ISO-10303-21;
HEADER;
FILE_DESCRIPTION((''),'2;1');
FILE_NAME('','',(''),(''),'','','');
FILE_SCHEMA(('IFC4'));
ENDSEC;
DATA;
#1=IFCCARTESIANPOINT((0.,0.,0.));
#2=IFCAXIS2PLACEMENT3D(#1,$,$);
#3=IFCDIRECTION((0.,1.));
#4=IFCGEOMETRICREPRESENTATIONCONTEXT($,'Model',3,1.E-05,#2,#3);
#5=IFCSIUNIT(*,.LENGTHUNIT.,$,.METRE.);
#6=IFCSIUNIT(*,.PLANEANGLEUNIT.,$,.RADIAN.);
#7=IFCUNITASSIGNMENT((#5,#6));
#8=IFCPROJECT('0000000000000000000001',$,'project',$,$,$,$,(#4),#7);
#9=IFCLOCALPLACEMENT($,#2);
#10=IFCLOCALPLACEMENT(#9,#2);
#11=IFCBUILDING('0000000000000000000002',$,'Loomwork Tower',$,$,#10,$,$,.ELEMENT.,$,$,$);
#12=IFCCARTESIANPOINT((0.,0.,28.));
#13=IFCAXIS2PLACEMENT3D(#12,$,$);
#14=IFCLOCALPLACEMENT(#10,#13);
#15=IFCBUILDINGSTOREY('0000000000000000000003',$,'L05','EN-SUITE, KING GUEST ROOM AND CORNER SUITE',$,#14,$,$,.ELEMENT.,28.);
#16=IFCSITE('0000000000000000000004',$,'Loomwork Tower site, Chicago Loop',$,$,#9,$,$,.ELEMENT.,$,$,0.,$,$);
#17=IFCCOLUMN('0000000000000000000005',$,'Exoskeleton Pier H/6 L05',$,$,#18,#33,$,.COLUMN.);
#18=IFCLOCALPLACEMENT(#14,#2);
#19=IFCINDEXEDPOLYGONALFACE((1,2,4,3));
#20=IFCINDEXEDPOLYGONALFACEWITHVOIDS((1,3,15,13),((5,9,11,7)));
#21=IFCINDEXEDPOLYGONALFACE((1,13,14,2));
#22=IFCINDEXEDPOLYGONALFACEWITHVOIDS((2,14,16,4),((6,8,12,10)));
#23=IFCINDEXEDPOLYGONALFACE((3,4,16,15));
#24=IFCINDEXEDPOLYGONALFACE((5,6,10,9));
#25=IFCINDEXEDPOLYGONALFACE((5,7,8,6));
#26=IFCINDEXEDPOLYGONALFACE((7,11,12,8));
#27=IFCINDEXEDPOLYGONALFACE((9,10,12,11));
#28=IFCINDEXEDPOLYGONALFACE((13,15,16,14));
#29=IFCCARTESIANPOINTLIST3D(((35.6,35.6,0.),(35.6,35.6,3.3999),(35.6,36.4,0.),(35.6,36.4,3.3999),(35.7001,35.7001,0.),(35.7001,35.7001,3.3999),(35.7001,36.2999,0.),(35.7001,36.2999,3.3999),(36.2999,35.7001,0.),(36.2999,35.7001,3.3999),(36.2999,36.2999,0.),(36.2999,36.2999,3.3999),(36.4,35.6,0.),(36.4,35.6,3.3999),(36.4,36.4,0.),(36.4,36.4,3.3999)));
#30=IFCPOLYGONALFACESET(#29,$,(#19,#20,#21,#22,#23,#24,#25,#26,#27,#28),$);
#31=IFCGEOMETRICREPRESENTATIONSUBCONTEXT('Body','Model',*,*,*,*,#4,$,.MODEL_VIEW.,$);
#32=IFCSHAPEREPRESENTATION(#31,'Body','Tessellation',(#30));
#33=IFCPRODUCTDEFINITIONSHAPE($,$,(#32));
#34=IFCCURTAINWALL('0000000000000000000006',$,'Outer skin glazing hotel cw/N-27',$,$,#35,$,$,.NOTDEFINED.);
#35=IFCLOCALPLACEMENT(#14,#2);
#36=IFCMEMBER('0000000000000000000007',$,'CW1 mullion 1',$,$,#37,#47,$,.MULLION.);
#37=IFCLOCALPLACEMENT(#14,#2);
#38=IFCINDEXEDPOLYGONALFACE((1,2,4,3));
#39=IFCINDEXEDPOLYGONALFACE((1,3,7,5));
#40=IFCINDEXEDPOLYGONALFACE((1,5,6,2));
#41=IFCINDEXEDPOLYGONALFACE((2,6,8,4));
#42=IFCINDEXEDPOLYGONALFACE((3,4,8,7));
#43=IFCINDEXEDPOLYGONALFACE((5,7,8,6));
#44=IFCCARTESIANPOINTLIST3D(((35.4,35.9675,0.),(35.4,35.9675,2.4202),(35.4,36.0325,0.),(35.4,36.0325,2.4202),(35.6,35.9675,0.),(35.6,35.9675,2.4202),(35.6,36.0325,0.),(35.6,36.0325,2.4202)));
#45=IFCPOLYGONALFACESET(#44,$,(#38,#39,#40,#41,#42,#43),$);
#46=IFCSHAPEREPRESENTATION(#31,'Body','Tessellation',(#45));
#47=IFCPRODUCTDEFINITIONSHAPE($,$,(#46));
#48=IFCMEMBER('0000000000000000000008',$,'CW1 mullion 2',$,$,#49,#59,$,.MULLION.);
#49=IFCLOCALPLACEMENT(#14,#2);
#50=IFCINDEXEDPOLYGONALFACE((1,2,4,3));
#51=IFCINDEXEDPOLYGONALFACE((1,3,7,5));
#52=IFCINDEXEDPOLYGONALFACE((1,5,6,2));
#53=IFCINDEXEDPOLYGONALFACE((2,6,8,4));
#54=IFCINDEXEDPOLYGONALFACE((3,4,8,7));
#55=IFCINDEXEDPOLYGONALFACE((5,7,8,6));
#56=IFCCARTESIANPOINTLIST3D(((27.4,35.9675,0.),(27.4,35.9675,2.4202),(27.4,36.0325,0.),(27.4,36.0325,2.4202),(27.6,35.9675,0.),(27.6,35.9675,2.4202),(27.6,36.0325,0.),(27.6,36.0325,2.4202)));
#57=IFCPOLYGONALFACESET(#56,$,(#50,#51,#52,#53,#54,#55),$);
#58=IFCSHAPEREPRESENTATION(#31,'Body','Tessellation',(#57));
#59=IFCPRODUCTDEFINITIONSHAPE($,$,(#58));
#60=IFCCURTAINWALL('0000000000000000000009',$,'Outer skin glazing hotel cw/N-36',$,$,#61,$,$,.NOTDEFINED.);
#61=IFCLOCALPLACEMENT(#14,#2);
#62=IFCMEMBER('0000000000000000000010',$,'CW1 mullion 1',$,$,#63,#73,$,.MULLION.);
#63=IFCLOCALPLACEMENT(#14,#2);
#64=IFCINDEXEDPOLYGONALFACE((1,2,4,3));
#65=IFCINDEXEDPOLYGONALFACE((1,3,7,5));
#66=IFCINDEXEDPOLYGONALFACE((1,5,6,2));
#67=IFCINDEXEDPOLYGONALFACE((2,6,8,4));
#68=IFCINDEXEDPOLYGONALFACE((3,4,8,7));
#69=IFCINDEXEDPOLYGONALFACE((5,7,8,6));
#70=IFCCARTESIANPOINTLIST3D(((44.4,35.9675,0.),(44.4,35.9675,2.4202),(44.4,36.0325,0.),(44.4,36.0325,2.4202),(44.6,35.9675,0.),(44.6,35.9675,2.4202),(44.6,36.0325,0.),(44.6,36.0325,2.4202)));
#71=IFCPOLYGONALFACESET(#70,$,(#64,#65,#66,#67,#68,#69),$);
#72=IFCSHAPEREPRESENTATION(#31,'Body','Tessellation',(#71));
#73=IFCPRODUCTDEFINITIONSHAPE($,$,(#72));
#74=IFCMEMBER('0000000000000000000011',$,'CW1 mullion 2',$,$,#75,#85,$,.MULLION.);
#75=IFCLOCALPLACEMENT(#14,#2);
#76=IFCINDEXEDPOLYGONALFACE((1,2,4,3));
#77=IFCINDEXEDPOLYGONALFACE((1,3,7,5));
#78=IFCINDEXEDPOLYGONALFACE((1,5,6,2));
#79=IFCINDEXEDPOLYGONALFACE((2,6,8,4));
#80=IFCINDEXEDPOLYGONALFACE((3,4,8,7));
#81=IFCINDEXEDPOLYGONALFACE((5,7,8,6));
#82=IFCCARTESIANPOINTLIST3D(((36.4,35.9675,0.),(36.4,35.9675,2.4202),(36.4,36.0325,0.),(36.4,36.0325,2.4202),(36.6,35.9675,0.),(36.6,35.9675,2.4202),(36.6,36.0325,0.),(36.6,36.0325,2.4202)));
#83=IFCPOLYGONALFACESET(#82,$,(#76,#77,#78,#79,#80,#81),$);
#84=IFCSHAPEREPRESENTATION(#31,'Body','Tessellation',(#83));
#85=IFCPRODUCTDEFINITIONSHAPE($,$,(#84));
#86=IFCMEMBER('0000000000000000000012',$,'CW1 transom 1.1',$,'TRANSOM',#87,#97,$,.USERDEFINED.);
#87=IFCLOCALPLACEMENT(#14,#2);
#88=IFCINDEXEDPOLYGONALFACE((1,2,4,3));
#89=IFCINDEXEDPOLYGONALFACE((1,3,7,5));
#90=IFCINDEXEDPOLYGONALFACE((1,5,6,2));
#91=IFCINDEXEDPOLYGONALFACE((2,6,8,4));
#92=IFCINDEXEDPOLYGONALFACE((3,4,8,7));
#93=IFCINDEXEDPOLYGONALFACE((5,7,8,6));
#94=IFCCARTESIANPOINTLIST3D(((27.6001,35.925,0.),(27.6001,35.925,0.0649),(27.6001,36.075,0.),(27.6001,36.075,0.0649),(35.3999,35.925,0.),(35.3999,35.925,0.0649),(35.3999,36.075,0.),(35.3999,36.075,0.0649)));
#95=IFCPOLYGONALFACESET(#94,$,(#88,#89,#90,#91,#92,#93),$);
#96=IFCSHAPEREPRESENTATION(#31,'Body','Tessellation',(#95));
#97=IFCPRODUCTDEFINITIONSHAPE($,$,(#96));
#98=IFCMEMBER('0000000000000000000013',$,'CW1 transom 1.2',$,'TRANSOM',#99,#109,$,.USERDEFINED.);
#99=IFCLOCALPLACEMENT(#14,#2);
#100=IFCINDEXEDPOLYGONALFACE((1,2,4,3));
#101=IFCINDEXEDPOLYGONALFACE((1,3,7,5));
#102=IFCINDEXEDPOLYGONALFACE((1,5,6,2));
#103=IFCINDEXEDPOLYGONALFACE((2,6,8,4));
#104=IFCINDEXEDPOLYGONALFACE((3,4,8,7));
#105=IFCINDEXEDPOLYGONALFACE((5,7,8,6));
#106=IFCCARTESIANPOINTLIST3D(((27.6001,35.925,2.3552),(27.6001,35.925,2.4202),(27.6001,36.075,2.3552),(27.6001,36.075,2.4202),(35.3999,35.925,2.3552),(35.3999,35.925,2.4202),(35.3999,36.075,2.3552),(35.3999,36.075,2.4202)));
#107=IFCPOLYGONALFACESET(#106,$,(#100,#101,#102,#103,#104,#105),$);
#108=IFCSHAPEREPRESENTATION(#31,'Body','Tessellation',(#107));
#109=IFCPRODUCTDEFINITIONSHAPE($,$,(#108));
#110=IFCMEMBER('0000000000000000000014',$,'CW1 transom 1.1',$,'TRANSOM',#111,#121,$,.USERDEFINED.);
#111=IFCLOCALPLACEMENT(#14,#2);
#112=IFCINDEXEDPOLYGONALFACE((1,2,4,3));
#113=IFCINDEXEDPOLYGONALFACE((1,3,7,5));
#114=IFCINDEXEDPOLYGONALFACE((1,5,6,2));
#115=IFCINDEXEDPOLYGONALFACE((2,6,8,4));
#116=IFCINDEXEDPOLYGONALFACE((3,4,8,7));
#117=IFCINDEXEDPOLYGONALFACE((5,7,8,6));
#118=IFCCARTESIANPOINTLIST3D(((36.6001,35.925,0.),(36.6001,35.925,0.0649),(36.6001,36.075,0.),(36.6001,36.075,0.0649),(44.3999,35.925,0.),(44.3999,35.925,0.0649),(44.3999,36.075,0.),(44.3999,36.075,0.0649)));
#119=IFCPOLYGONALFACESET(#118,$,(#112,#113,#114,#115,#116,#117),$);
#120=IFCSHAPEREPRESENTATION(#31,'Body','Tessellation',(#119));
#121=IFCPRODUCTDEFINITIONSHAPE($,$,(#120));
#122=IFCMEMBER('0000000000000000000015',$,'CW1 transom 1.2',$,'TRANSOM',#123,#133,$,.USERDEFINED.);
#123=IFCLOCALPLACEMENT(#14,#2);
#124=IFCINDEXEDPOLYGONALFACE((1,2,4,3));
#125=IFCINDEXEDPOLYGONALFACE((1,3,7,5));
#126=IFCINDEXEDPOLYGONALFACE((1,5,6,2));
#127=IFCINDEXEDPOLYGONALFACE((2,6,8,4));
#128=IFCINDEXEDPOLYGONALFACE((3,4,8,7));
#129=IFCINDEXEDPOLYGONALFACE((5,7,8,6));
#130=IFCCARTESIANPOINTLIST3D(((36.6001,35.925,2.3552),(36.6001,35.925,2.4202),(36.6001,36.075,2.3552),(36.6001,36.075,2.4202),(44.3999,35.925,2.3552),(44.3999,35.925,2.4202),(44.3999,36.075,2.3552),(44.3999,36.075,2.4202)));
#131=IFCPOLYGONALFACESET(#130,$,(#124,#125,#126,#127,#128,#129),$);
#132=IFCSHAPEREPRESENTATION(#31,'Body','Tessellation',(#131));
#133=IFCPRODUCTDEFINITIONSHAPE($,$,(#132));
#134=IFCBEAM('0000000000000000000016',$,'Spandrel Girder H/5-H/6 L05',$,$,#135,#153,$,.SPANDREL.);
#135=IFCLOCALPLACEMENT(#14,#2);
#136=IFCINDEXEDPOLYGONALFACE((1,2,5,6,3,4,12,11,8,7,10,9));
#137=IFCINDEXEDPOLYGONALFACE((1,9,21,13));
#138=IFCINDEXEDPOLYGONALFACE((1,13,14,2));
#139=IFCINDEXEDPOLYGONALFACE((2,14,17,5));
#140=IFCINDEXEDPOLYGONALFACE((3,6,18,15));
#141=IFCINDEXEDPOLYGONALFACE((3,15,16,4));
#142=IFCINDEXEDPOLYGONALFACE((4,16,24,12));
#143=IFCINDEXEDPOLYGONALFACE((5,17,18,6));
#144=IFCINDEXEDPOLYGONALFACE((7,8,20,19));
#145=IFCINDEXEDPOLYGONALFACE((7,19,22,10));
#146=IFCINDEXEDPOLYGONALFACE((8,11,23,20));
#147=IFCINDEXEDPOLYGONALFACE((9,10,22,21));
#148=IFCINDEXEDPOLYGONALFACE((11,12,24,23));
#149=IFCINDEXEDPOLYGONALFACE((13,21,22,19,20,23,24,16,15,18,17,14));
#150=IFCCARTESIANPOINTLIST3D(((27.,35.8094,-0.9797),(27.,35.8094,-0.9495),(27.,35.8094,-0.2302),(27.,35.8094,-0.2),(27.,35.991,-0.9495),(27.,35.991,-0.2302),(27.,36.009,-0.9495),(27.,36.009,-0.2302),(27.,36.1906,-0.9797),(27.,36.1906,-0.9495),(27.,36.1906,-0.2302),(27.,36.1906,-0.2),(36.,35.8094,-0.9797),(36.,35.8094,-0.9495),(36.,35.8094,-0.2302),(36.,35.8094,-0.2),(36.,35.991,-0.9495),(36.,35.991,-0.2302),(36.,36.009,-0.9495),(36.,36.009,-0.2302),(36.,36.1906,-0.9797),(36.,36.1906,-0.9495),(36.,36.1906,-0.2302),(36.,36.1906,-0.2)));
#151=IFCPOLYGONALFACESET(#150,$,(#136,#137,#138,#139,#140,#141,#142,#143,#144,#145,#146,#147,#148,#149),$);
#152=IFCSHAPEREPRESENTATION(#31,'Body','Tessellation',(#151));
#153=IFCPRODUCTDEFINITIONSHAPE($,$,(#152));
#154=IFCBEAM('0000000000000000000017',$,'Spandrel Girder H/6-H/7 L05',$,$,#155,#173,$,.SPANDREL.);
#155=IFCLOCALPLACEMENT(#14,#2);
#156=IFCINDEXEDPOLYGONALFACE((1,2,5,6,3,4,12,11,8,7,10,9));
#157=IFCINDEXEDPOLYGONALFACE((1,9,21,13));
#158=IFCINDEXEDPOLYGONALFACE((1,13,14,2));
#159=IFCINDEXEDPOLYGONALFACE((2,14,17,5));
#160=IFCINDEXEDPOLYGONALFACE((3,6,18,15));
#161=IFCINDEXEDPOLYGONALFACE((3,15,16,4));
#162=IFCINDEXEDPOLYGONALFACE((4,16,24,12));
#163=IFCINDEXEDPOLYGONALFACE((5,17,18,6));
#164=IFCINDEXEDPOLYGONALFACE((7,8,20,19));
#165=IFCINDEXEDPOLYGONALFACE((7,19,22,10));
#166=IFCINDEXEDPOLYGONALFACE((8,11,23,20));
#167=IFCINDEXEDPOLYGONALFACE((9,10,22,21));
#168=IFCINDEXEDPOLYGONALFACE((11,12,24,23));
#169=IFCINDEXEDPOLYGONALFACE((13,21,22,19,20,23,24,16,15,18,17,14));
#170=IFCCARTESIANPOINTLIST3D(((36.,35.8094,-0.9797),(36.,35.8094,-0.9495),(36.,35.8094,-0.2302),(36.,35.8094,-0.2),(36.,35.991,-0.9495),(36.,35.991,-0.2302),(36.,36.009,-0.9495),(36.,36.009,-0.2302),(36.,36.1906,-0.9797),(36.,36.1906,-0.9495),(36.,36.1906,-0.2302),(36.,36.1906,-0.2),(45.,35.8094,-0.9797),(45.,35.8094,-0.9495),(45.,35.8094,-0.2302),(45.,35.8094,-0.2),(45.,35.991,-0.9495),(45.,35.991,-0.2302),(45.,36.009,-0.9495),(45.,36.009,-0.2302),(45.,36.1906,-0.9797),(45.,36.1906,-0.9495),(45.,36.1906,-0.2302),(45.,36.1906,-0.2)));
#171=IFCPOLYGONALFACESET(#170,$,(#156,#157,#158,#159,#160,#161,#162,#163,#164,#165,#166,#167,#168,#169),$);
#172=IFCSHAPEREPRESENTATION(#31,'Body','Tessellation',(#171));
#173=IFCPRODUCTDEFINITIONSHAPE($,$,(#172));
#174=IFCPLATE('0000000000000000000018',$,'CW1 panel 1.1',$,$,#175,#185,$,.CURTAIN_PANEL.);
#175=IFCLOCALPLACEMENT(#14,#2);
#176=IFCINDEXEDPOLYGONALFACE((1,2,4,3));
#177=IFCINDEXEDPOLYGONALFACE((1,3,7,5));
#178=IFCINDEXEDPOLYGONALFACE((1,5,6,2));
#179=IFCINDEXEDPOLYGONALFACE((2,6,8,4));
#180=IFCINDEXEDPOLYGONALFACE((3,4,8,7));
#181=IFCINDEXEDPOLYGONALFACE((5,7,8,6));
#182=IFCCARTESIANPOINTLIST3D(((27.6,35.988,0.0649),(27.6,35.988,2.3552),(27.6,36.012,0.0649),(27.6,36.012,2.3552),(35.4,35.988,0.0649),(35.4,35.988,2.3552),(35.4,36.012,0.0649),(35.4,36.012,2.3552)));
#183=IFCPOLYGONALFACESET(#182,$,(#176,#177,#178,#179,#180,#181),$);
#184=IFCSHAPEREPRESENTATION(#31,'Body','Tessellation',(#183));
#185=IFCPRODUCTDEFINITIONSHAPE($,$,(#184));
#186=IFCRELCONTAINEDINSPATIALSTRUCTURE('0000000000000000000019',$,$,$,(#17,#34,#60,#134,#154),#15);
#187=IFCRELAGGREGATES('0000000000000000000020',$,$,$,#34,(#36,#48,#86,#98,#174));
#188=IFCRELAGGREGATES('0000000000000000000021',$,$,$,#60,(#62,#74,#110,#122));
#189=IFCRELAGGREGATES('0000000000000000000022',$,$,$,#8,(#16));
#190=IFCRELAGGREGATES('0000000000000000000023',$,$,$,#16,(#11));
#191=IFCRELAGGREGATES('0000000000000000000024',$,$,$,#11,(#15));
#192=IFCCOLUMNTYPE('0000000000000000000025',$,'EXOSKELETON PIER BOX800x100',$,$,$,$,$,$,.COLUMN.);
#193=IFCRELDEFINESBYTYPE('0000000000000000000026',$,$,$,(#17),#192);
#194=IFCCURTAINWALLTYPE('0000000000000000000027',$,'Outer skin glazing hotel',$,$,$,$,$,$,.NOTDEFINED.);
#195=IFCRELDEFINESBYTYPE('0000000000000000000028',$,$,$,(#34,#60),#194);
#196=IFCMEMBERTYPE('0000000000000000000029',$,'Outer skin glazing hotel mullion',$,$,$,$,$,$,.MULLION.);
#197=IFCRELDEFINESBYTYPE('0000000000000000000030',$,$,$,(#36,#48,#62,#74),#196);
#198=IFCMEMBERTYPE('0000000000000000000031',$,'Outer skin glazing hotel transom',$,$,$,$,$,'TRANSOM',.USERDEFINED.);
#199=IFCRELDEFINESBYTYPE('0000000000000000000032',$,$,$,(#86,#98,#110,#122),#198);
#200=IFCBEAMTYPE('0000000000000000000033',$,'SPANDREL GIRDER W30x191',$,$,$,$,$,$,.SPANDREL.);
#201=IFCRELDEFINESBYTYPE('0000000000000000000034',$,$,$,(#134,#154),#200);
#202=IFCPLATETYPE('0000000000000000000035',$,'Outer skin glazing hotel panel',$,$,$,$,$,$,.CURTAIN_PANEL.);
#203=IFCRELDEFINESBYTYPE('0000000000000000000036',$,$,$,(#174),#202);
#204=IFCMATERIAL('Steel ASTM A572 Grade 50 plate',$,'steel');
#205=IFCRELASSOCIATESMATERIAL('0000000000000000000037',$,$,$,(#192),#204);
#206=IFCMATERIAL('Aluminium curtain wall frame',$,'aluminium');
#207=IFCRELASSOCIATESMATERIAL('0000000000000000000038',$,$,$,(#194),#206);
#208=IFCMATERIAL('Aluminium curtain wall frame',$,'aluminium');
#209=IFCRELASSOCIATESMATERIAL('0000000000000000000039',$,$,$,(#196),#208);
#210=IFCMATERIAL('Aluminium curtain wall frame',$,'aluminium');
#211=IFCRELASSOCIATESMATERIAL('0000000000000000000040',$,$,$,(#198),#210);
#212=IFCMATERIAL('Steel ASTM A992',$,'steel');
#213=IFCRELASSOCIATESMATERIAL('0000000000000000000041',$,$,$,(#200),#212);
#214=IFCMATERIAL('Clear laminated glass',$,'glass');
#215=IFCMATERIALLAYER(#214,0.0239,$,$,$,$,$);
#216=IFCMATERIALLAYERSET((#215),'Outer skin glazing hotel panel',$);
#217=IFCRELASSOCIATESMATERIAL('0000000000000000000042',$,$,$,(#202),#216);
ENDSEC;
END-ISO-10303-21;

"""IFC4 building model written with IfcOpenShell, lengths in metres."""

from ifc_helpers import new_model, si_unit, direction, frame, origin, origin_2d, place, context, subcontext, project, spatial, rectangle, hollow_rectangle, i_section, extrude, material, layer, layer_set, material_profile, profile_set, type_object, element, aggregate, save


model = new_model("IFC4")

# Units and contexts
model_context = context("Model", 3, precision=1e-05, world=origin(), true_north=direction((0.0, 1.0)))
body_context = subcontext(model_context, "Body", "Model", "MODEL_VIEW")
ifc_project = project(units=[si_unit("LENGTHUNIT", "METRE"), si_unit("PLANEANGLEUNIT", "RADIAN")], contexts=[model_context])

# Site, building, storey
site_placement = place(None, origin())
site = spatial("IfcSite", under=ifc_project, at=site_placement, Name="Loomwork Tower site, Chicago Loop", CompositionType="ELEMENT", RefElevation=0.0)
building_placement = place(site_placement, origin())
building = spatial("IfcBuilding", under=site, at=building_placement, Name="Loomwork Tower", CompositionType="ELEMENT")
storey_placement = place(building_placement, frame((0.0, 0.0, 28.0)))
storey = spatial("IfcBuildingStorey", under=building, at=storey_placement, Name="L05", Description="EN-SUITE, KING GUEST ROOM AND CORNER SUITE", CompositionType="ELEMENT", Elevation=28.0)

# Column
ifc_material_1 = material(Name="Steel ASTM A572 Grade 50 plate", Category="steel")
ifc_material_profile_1 = material_profile(ifc_material_1, hollow_rectangle(XDim=0.8, YDim=0.8, WallThickness=0.1001, at=origin_2d()), Name="BOX800x100")
ifc_profile_set_1 = profile_set([ifc_material_profile_1], Name="Steel ASTM A572 Grade 50 plate")
column_type = type_object("IfcColumnType", Name="EXOSKELETON PIER BOX800x100", PredefinedType="COLUMN", material=ifc_profile_set_1)
column_placement = place(storey_placement, frame((36.0, 36.0, 0.0), z_axis=(0.0, 0.0, 1.0), x_axis=(1.0, 0.0, 0.0)))
element("IfcColumn", 1, at=column_placement, inside=storey, type_object=column_type, Name="Exoskeleton Pier H/6 L05", PredefinedType="COLUMN", context=body_context, shape_type="SweptSolid", body=[
    extrude(hollow_rectangle(XDim=0.8, YDim=0.8, WallThickness=0.1001, at=origin_2d()), origin(), (0.0, 0.0, 1.0), 3.3999),
])

# Curtain walls, members
ifc_material_2 = material(Name="Aluminium curtain wall frame", Category="aluminium")
curtain_wall_type = type_object("IfcCurtainWallType", Name="Outer skin glazing hotel", PredefinedType="NOTDEFINED", material=ifc_material_2)
curtain_wall_1_placement = place(storey_placement, origin())
curtain_wall_1 = element("IfcCurtainWall", 2, at=curtain_wall_1_placement, inside=storey, type_object=curtain_wall_type, Name="Outer skin glazing hotel cw/N-27", PredefinedType="NOTDEFINED")
ifc_material_3 = material(Name="Aluminium curtain wall frame", Category="aluminium")
ifc_material_profile_2 = material_profile(ifc_material_3, rectangle(XDim=0.0649, YDim=0.2, at=origin_2d()), Name="AL 65x200")
ifc_profile_set_2 = profile_set([ifc_material_profile_2], Name="Aluminium curtain wall frame")
member_type_1 = type_object("IfcMemberType", Name="Outer skin glazing hotel mullion", PredefinedType="MULLION", material=ifc_profile_set_2)
member_1_placement = place(storey_placement, frame((35.5, 36.0, 0.0), z_axis=(0.0, 0.0, 1.0), x_axis=(0.0, -1.0, 0.0)))
member_1 = element("IfcMember", 3, at=member_1_placement, type_object=member_type_1, Name="CW1 mullion 1", PredefinedType="MULLION", context=body_context, shape_type="SweptSolid", body=[
    extrude(rectangle(XDim=0.0649, YDim=0.2, at=origin_2d()), origin(), (0.0, 0.0, 1.0), 2.4202),
])
member_2_placement = place(storey_placement, frame((27.5, 36.0, 0.0), z_axis=(0.0, 0.0, 1.0), x_axis=(0.0, -1.0, 0.0)))
member_2 = element("IfcMember", 4, at=member_2_placement, type_object=member_type_1, Name="CW1 mullion 2", PredefinedType="MULLION", context=body_context, shape_type="SweptSolid", body=[
    extrude(rectangle(XDim=0.0649, YDim=0.2, at=origin_2d()), origin(), (0.0, 0.0, 1.0), 2.4202),
])
curtain_wall_2_placement = place(storey_placement, origin())
curtain_wall_2 = element("IfcCurtainWall", 5, at=curtain_wall_2_placement, inside=storey, type_object=curtain_wall_type, Name="Outer skin glazing hotel cw/N-36", PredefinedType="NOTDEFINED")
member_3_placement = place(storey_placement, frame((44.5, 36.0, 0.0), z_axis=(0.0, 0.0, 1.0), x_axis=(0.0, -1.0, 0.0)))
member_3 = element("IfcMember", 6, at=member_3_placement, type_object=member_type_1, Name="CW1 mullion 1", PredefinedType="MULLION", context=body_context, shape_type="SweptSolid", body=[
    extrude(rectangle(XDim=0.0649, YDim=0.2, at=origin_2d()), origin(), (0.0, 0.0, 1.0), 2.4202),
])
member_4_placement = place(storey_placement, frame((36.5, 36.0, 0.0), z_axis=(0.0, 0.0, 1.0), x_axis=(0.0, -1.0, 0.0)))
member_4 = element("IfcMember", 7, at=member_4_placement, type_object=member_type_1, Name="CW1 mullion 2", PredefinedType="MULLION", context=body_context, shape_type="SweptSolid", body=[
    extrude(rectangle(XDim=0.0649, YDim=0.2, at=origin_2d()), origin(), (0.0, 0.0, 1.0), 2.4202),
])

# Members
ifc_material_4 = material(Name="Aluminium curtain wall frame", Category="aluminium")
ifc_material_profile_3 = material_profile(ifc_material_4, rectangle(XDim=0.1499, YDim=0.0649, at=origin_2d()), Name="AL 65x150")
ifc_profile_set_3 = profile_set([ifc_material_profile_3], Name="Aluminium curtain wall frame")
member_type_2 = type_object("IfcMemberType", Name="Outer skin glazing hotel transom", ElementType="TRANSOM", PredefinedType="USERDEFINED", material=ifc_profile_set_3)
member_5_placement = place(storey_placement, frame((35.3999, 36.0, 0.0325), z_axis=(-1.0, 0.0, 0.0), x_axis=(0.0, -1.0, 0.0)))
member_5 = element("IfcMember", 8, at=member_5_placement, type_object=member_type_2, Name="CW1 transom 1.1", ObjectType="TRANSOM", PredefinedType="USERDEFINED", context=body_context, shape_type="SweptSolid", body=[
    extrude(rectangle(XDim=0.1499, YDim=0.0649, at=origin_2d()), origin(), (0.0, 0.0, 1.0), 7.7998),
])
member_6_placement = place(storey_placement, frame((35.3999, 36.0, 2.3877), z_axis=(-1.0, 0.0, 0.0), x_axis=(0.0, -1.0, 0.0)))
member_6 = element("IfcMember", 9, at=member_6_placement, type_object=member_type_2, Name="CW1 transom 1.2", ObjectType="TRANSOM", PredefinedType="USERDEFINED", context=body_context, shape_type="SweptSolid", body=[
    extrude(rectangle(XDim=0.1499, YDim=0.0649, at=origin_2d()), origin(), (0.0, 0.0, 1.0), 7.7998),
])
member_7_placement = place(storey_placement, frame((44.3999, 36.0, 0.0325), z_axis=(-1.0, 0.0, 0.0), x_axis=(0.0, -1.0, 0.0)))
member_7 = element("IfcMember", 10, at=member_7_placement, type_object=member_type_2, Name="CW1 transom 1.1", ObjectType="TRANSOM", PredefinedType="USERDEFINED", context=body_context, shape_type="SweptSolid", body=[
    extrude(rectangle(XDim=0.1499, YDim=0.0649, at=origin_2d()), origin(), (0.0, 0.0, 1.0), 7.7998),
])
member_8_placement = place(storey_placement, frame((44.3999, 36.0, 2.3877), z_axis=(-1.0, 0.0, 0.0), x_axis=(0.0, -1.0, 0.0)))
member_8 = element("IfcMember", 11, at=member_8_placement, type_object=member_type_2, Name="CW1 transom 1.2", ObjectType="TRANSOM", PredefinedType="USERDEFINED", context=body_context, shape_type="SweptSolid", body=[
    extrude(rectangle(XDim=0.1499, YDim=0.0649, at=origin_2d()), origin(), (0.0, 0.0, 1.0), 7.7998),
])

# Beams
ifc_material_5 = material(Name="Steel ASTM A992", Category="steel")
ifc_material_profile_4 = material_profile(ifc_material_5, i_section(OverallWidth=0.3811, OverallDepth=0.7798, WebThickness=0.0181, FlangeThickness=0.0303, at=origin_2d()), Name="W30x191")
ifc_profile_set_4 = profile_set([ifc_material_profile_4], Name="Steel ASTM A992")
beam_type = type_object("IfcBeamType", Name="SPANDREL GIRDER W30x191", PredefinedType="SPANDREL", material=ifc_profile_set_4)
for number, where, z_axis, x_axis, name in (
    (12, (27.0, 36.0, -0.5898), (1.0, 0.0, 0.0), (0.0, 1.0, 0.0), "Spandrel Girder H/5-H/6 L05"),
    (13, (36.0, 36.0, -0.5898), (1.0, 0.0, 0.0), (0.0, 1.0, 0.0), "Spandrel Girder H/6-H/7 L05"),
):
    element("IfcBeam", number, at=place(storey_placement, frame(where, z_axis=z_axis, x_axis=x_axis)), inside=storey, type_object=beam_type, Name=name, PredefinedType="SPANDREL", context=body_context, shape_type="SweptSolid", body=[
        extrude(i_section(OverallWidth=0.3811, OverallDepth=0.7798, WebThickness=0.0181, FlangeThickness=0.0303, at=origin_2d()), origin(), (0.0, 0.0, 1.0), 9.0),
    ])

# Plate
ifc_material_6 = material(Name="Clear laminated glass", Category="glass")
ifc_layer_1 = layer(ifc_material_6, 0.0239)
ifc_layer_set_1 = layer_set([ifc_layer_1], Name="Outer skin glazing hotel panel")
plate_type = type_object("IfcPlateType", Name="Outer skin glazing hotel panel", PredefinedType="CURTAIN_PANEL", material=ifc_layer_set_1)
plate_1_placement = place(storey_placement, frame((31.5, 36.0, 0.0649), z_axis=(0.0, 0.0, 1.0), x_axis=(-1.0, 0.0, 0.0)))
plate_1 = element("IfcPlate", 14, at=plate_1_placement, type_object=plate_type, Name="CW1 panel 1.1", PredefinedType="CURTAIN_PANEL", context=body_context, shape_type="SweptSolid", body=[
    extrude(rectangle(XDim=7.8, YDim=0.0239, at=origin_2d()), origin(), (0.0, 0.0, 1.0), 2.2903),
])
aggregate(curtain_wall_1, [member_1, member_2, member_5, member_6, plate_1])
aggregate(curtain_wall_2, [member_3, member_4, member_7, member_8])

save(model, "model.ifc")
